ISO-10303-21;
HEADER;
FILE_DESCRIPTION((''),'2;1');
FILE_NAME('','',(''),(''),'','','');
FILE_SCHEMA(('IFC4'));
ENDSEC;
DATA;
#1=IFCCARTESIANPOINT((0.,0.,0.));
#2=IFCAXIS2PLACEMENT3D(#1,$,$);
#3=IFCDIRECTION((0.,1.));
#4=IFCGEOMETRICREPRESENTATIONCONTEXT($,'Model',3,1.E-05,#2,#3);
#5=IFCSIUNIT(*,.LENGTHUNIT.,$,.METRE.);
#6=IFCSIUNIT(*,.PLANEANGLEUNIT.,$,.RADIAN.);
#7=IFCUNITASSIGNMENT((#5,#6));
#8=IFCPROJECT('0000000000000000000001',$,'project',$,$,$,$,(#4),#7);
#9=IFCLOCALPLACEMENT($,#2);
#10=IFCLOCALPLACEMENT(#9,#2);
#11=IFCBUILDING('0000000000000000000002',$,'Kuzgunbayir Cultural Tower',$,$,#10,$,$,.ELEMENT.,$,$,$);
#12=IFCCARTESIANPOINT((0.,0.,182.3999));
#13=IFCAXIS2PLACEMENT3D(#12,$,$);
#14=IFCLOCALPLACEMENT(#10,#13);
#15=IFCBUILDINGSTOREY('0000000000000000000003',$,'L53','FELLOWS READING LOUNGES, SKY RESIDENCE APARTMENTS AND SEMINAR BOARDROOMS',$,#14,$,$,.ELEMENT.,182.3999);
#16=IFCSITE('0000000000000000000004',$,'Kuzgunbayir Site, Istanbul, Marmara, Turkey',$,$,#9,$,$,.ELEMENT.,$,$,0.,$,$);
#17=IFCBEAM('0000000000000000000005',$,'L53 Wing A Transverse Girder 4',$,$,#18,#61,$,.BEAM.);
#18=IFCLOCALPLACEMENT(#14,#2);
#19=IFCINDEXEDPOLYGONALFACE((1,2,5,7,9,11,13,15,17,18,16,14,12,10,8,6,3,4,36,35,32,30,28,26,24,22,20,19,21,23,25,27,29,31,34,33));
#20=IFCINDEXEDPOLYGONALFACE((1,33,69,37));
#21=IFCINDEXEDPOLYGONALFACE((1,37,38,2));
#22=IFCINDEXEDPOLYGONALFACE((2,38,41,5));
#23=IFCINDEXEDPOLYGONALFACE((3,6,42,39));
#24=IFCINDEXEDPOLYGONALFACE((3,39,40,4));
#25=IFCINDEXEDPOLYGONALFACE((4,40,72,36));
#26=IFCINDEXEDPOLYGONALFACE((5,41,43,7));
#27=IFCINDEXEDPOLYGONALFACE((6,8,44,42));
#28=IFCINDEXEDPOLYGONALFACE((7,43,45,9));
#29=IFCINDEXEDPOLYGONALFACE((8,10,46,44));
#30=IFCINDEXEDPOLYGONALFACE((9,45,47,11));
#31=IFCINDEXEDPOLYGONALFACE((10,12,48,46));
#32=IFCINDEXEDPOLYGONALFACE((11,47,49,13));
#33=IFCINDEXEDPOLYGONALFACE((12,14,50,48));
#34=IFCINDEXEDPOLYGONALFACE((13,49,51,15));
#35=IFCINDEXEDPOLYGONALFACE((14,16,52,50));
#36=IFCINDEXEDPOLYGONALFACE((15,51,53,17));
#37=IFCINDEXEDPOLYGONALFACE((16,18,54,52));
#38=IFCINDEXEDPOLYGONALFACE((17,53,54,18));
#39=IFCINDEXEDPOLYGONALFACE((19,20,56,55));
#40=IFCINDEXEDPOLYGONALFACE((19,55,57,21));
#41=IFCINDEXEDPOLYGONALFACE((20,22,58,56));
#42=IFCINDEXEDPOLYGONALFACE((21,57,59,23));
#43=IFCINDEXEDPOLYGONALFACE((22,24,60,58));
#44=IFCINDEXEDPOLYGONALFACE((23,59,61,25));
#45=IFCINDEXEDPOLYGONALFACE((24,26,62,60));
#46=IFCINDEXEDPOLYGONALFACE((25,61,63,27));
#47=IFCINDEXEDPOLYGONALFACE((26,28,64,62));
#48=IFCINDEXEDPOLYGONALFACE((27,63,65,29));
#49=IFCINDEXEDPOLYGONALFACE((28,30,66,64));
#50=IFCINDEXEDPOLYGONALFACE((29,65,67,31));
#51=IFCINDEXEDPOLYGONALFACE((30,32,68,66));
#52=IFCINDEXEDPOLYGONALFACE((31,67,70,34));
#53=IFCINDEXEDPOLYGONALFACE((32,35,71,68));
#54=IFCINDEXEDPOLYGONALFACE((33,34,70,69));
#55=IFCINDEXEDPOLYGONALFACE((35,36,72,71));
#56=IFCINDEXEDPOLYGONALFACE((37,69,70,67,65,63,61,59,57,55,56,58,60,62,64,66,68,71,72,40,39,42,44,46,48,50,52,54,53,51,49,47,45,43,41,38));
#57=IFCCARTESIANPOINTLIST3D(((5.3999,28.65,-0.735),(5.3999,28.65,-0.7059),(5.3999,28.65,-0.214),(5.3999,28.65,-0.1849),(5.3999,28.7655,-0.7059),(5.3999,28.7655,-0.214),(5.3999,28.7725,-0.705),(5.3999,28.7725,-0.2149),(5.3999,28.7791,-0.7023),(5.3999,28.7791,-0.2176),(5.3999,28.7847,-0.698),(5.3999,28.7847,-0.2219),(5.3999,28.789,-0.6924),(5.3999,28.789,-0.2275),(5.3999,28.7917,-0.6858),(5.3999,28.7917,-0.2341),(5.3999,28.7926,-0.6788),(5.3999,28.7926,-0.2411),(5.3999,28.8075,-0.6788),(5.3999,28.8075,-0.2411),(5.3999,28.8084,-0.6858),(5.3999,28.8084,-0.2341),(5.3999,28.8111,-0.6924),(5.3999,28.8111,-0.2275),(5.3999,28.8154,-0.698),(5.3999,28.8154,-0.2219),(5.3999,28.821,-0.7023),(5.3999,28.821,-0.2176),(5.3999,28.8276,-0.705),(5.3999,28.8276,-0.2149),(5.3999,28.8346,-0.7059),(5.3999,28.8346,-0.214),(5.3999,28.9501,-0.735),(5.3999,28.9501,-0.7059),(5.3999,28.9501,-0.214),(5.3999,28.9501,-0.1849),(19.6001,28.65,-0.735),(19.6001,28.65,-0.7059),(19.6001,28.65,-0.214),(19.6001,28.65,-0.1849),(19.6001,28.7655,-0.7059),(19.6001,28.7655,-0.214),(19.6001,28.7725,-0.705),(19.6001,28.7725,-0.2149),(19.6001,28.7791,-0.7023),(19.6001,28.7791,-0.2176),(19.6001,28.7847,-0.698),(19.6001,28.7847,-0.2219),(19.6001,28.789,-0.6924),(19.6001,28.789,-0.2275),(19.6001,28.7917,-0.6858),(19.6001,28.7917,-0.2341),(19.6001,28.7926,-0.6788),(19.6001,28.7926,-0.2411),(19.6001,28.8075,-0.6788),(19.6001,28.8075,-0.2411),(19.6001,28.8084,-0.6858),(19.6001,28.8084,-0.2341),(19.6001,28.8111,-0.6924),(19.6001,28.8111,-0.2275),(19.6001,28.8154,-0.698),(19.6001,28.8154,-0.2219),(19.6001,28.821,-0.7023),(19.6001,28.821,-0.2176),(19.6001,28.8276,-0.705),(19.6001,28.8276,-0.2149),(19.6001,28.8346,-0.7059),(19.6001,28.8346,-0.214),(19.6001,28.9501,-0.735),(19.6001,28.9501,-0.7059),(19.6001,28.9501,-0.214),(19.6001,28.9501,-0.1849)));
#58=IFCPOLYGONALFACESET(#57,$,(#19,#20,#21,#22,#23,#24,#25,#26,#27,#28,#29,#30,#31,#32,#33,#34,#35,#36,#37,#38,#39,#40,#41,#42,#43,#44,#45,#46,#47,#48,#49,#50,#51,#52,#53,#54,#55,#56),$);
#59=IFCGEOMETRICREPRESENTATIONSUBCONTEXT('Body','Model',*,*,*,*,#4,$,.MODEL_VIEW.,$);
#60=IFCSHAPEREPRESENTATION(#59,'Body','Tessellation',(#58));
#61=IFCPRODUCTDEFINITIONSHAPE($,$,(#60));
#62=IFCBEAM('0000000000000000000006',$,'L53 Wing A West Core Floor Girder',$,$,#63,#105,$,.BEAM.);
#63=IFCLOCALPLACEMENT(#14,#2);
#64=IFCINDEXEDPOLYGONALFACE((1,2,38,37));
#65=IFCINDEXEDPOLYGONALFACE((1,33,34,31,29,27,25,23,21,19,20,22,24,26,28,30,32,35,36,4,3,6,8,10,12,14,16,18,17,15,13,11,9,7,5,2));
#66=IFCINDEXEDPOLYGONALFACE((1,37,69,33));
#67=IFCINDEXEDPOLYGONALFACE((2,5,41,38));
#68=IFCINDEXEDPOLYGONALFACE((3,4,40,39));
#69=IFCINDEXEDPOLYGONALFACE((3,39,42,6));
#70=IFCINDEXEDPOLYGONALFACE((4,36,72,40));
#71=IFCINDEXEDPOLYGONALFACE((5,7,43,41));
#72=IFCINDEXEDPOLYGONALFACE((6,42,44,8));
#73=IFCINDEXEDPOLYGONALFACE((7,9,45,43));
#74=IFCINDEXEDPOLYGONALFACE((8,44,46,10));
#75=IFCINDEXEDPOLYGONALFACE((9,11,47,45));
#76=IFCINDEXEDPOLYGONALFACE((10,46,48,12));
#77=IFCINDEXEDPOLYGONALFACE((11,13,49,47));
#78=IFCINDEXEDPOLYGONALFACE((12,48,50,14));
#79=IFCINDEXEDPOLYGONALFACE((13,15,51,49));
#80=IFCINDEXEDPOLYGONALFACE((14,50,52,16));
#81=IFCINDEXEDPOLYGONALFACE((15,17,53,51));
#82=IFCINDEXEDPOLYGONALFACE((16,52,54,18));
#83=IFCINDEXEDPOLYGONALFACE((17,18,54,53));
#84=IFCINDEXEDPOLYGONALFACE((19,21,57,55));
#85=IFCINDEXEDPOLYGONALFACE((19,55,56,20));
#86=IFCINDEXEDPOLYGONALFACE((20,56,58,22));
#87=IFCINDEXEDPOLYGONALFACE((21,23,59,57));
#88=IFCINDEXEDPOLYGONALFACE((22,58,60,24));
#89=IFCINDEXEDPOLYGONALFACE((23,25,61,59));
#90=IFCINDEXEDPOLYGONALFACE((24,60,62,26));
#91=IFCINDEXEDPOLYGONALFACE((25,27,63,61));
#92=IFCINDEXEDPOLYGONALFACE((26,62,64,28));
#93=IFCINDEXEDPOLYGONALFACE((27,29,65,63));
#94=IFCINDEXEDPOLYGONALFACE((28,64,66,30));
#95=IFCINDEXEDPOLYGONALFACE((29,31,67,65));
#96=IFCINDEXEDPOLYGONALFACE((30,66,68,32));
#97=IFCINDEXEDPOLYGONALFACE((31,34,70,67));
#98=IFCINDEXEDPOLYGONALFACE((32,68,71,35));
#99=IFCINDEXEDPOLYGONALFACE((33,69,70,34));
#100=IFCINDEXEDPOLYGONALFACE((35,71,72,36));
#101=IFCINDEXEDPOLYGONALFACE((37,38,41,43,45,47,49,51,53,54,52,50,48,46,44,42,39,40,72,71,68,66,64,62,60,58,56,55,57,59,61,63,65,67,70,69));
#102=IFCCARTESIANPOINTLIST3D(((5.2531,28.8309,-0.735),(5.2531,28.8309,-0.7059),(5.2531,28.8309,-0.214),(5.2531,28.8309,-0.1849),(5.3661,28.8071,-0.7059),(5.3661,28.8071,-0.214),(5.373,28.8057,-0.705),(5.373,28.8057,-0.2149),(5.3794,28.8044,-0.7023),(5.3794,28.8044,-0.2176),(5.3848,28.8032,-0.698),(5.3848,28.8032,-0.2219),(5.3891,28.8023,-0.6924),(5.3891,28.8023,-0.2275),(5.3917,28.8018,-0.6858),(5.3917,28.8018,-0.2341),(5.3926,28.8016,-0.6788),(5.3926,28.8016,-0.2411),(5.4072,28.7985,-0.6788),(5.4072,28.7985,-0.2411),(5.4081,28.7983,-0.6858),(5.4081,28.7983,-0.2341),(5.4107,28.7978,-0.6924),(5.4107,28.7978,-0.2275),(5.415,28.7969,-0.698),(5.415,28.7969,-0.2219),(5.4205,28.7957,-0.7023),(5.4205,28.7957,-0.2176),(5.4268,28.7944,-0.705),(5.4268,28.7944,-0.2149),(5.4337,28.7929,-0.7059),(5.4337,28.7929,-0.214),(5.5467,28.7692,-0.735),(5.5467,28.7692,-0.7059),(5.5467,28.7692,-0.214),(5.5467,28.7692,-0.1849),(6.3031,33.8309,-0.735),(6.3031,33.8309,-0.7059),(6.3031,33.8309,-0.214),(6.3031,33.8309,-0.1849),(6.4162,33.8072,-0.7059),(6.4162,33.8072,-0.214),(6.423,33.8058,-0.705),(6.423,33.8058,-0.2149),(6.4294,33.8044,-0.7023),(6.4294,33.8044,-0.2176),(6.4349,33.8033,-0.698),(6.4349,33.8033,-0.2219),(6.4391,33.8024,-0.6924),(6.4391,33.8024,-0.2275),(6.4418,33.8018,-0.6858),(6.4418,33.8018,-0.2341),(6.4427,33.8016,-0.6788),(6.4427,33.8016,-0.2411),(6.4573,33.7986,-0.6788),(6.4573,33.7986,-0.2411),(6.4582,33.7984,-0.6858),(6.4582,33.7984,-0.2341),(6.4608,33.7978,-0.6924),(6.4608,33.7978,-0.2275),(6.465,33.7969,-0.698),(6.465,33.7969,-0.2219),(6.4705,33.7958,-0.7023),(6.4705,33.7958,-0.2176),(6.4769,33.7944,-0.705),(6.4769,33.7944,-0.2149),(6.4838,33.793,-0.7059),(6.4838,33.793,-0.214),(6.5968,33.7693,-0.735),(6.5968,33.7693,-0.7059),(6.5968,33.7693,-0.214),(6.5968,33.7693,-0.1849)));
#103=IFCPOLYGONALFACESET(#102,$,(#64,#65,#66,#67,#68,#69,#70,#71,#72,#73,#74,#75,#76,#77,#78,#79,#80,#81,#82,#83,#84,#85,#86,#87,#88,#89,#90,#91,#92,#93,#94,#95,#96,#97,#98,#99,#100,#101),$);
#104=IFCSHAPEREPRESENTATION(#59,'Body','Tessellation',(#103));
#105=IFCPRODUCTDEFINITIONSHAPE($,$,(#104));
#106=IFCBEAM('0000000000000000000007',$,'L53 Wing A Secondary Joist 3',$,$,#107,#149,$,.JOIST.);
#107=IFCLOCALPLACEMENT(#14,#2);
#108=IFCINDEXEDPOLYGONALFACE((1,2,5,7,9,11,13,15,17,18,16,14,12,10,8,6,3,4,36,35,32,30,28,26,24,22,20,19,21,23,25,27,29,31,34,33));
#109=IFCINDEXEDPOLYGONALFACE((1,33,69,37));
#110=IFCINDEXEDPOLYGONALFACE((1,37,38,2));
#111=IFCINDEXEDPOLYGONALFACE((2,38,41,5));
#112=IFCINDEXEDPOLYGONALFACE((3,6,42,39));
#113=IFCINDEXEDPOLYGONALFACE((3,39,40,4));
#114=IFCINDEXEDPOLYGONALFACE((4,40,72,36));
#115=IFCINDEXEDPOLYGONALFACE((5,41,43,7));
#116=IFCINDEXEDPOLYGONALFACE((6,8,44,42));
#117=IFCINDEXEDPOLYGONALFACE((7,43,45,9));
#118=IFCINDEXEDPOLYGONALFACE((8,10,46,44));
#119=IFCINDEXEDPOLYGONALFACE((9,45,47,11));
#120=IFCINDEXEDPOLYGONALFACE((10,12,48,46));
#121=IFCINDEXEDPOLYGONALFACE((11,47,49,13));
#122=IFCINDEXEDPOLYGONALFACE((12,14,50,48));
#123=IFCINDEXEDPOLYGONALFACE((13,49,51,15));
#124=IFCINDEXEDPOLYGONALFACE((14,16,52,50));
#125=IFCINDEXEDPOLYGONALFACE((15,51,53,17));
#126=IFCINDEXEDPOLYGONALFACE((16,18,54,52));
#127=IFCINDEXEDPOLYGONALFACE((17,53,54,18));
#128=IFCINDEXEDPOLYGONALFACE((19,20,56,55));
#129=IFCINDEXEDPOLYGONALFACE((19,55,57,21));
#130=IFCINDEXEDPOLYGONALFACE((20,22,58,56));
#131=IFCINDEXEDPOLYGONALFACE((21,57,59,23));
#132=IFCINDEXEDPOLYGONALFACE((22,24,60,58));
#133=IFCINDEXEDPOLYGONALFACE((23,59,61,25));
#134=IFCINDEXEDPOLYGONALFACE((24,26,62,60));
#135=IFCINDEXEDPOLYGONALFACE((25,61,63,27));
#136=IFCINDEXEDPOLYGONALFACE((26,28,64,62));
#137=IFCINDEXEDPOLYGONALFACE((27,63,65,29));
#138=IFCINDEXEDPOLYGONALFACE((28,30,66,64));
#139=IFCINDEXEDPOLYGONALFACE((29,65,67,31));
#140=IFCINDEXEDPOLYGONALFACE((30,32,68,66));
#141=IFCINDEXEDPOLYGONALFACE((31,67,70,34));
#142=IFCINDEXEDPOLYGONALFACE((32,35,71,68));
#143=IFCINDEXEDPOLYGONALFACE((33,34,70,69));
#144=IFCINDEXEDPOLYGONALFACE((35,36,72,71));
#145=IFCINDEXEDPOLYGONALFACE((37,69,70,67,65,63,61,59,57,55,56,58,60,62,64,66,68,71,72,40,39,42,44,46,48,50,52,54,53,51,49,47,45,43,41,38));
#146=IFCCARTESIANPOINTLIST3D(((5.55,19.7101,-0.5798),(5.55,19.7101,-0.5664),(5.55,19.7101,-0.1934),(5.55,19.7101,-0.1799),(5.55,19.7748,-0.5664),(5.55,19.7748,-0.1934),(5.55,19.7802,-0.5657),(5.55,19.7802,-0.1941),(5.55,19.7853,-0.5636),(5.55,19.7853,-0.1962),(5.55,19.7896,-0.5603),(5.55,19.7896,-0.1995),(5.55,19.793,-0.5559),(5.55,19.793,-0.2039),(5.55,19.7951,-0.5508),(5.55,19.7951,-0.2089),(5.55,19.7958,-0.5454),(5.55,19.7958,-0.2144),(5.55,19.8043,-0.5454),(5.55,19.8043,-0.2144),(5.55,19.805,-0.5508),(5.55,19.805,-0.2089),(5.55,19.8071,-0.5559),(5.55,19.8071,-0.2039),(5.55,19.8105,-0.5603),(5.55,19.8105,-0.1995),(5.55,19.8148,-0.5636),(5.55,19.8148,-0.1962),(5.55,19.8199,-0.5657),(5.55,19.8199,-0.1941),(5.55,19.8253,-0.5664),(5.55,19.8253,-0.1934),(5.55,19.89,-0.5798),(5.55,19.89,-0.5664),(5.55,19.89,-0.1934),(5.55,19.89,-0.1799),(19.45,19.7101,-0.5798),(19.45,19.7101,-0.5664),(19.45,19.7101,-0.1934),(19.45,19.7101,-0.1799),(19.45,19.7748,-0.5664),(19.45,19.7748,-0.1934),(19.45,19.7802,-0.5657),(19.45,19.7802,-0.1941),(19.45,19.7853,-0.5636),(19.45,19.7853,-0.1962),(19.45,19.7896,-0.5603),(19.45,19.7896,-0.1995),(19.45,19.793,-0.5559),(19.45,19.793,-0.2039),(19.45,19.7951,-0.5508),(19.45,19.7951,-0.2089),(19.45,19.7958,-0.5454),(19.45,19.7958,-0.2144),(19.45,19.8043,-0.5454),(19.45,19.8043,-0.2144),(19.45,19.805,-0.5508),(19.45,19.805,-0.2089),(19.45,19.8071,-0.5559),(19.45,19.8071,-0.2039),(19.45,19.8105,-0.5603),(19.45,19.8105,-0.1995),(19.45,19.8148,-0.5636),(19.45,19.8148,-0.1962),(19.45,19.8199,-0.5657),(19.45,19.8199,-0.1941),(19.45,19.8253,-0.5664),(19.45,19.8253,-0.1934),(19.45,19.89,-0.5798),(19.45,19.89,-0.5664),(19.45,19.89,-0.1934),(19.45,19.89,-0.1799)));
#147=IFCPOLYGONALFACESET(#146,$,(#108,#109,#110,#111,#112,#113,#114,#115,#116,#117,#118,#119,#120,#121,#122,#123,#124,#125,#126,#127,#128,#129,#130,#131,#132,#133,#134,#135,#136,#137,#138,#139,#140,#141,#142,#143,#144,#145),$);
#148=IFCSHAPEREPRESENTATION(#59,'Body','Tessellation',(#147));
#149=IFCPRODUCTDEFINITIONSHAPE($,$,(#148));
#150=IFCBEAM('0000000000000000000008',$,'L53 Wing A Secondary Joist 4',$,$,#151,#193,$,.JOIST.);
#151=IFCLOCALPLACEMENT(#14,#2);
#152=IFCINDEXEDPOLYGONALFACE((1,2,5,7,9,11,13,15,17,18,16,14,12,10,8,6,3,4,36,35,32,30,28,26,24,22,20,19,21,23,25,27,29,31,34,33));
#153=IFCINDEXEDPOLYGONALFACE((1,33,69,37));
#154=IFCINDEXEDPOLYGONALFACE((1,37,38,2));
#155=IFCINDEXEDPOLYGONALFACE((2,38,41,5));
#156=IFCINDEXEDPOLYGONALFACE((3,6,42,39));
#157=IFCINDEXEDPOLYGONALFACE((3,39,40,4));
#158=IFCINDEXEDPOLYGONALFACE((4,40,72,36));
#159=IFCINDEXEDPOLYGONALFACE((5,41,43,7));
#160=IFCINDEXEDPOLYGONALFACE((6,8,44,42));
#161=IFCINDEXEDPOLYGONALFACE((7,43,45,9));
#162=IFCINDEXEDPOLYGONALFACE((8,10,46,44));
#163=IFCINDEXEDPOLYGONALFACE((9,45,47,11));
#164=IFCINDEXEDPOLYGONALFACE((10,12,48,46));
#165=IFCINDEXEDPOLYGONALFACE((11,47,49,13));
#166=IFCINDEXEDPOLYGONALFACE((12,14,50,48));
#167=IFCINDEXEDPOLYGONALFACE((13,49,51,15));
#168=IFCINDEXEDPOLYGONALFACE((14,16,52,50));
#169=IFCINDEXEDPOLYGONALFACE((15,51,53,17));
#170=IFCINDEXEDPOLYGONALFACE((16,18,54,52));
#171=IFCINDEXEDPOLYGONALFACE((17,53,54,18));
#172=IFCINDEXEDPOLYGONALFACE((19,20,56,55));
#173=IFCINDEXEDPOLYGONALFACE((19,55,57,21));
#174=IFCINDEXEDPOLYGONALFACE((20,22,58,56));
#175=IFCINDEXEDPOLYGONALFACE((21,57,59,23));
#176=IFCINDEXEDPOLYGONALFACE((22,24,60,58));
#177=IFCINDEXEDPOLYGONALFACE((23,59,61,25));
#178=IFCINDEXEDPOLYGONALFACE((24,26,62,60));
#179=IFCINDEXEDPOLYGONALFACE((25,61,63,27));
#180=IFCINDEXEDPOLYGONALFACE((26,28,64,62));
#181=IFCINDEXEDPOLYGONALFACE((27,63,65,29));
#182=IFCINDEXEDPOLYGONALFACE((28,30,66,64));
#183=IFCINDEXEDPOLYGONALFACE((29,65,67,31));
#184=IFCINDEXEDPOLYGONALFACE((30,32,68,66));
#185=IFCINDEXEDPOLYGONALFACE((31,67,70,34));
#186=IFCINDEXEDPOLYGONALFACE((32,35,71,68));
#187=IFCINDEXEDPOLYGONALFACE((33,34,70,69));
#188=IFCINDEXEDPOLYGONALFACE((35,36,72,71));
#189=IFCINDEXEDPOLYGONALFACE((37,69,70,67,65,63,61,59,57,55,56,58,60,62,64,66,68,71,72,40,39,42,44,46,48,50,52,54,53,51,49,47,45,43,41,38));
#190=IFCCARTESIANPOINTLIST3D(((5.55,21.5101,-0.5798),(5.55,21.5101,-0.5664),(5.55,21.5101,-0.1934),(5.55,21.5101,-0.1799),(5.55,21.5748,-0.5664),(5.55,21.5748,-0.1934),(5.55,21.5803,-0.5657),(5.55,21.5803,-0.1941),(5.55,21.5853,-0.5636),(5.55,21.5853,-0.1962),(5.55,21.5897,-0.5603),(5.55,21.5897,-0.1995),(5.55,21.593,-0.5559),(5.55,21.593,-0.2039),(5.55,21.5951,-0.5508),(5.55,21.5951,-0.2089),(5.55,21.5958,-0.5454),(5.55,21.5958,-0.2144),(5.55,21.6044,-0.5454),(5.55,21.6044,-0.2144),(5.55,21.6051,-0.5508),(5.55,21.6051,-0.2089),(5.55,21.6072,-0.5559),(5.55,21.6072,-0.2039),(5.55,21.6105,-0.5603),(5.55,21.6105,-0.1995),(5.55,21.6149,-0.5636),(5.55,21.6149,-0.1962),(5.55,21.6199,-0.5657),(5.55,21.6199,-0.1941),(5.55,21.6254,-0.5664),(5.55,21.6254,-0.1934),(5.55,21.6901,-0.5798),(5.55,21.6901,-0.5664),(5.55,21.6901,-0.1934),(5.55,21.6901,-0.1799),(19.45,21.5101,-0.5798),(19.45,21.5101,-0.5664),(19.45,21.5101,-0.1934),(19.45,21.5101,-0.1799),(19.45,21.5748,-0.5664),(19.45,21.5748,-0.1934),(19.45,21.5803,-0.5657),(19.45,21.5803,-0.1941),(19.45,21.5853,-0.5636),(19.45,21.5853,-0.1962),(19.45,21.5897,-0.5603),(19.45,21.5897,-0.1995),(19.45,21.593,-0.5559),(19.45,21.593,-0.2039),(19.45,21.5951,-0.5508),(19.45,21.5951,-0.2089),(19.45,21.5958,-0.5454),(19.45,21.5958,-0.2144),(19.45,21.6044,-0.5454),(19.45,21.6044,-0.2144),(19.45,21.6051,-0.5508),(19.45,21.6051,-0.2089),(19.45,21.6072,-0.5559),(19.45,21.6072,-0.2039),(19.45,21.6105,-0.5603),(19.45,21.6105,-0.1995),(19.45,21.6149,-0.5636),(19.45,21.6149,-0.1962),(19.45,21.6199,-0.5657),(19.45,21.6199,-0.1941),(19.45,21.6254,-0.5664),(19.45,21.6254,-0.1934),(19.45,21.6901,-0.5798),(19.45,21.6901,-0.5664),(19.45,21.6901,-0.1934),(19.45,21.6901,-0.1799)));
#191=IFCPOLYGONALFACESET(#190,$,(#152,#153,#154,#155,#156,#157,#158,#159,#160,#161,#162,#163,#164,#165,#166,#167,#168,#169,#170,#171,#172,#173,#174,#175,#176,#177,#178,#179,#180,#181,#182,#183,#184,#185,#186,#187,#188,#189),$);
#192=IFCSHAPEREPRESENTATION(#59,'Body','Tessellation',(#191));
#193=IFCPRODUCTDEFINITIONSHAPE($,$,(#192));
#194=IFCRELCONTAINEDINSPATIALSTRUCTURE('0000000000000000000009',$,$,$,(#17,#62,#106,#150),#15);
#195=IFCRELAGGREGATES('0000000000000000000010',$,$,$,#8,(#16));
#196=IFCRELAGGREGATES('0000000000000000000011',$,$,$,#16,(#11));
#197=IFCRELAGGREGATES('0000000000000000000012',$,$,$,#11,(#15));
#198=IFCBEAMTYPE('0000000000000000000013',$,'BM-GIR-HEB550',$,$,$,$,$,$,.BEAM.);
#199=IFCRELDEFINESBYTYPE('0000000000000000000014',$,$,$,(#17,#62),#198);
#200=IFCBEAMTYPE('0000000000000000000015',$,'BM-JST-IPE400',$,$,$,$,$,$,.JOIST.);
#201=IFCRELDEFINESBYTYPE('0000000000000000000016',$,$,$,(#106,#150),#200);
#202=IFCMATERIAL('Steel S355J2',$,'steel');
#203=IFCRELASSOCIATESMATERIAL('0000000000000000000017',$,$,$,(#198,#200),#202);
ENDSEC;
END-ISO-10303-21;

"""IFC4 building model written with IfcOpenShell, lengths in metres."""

from ifc_helpers import new_model, si_unit, direction, frame, origin, origin_2d, place, context, subcontext, project, spatial, i_section, extrude, material, material_profile, profile_set, type_object, element, save


model = new_model("IFC4")

# Units and contexts
model_context = context("Model", 3, precision=1e-05, world=origin(), true_north=direction((0.0, 1.0)))
body_context = subcontext(model_context, "Body", "Model", "MODEL_VIEW")
ifc_project = project(units=[si_unit("LENGTHUNIT", "METRE"), si_unit("PLANEANGLEUNIT", "RADIAN")], contexts=[model_context])

# Site, building, storey
site_placement = place(None, origin())
site = spatial("IfcSite", under=ifc_project, at=site_placement, Name="Kuzgunbayir Site, Istanbul, Marmara, Turkey", CompositionType="ELEMENT", RefElevation=0.0)
building_placement = place(site_placement, origin())
building = spatial("IfcBuilding", under=site, at=building_placement, Name="Kuzgunbayir Cultural Tower", CompositionType="ELEMENT")
storey_placement = place(building_placement, frame((0.0, 0.0, 182.3999)))
storey = spatial("IfcBuildingStorey", under=building, at=storey_placement, Name="L53", Description="FELLOWS READING LOUNGES, SKY RESIDENCE APARTMENTS AND SEMINAR BOARDROOMS", CompositionType="ELEMENT", Elevation=182.3999)

# Beams
ifc_material_1 = material(Name="Steel S355J2", Category="steel")
ifc_material_profile_1 = material_profile(ifc_material_1, i_section(OverallWidth=0.3, OverallDepth=0.55, WebThickness=0.0149, FlangeThickness=0.0291, FilletRadius=0.0271, at=origin_2d()), Name="HEB 550")
ifc_profile_set_1 = profile_set([ifc_material_profile_1], Name="Steel S355J2")
beam_type_1 = type_object("IfcBeamType", Name="BM-GIR-HEB550", PredefinedType="BEAM", material=ifc_profile_set_1)
for number, where, z_axis, x_axis, name in (
    (1, (5.3999, 28.8, -0.46), (1.0, 0.0, 0.0), (0.0, 1.0, 0.0), "L53 Wing A Transverse Girder 4"),
):
    element("IfcBeam", number, at=place(storey_placement, frame(where, z_axis=z_axis, x_axis=x_axis)), inside=storey, type_object=beam_type_1, Name=name, PredefinedType="BEAM", context=body_context, shape_type="SweptSolid", body=[
        extrude(i_section(OverallWidth=0.3, OverallDepth=0.55, WebThickness=0.0149, FlangeThickness=0.0291, FilletRadius=0.0271, at=origin_2d()), origin(), (0.0, 0.0, 1.0), 14.2002),
    ])
beam_1_placement = place(storey_placement, frame((5.3999, 28.8, -0.46), z_axis=(0.205526, 0.978652, 0.0), x_axis=(-0.978652, 0.205526, 0.0)))
element("IfcBeam", 2, at=beam_1_placement, inside=storey, type_object=beam_type_1, Name="L53 Wing A West Core Floor Girder", PredefinedType="BEAM", context=body_context, shape_type="SweptSolid", body=[
    extrude(i_section(OverallWidth=0.3, OverallDepth=0.55, WebThickness=0.0149, FlangeThickness=0.0291, FilletRadius=0.0271, at=origin_2d()), origin(), (0.0, 0.0, 1.0), 5.1091),
])
ifc_material_profile_2 = material_profile(ifc_material_1, i_section(OverallWidth=0.1799, OverallDepth=0.3999, WebThickness=0.0085, FlangeThickness=0.0134, FilletRadius=0.021, at=origin_2d()), Name="IPE 400")
ifc_profile_set_2 = profile_set([ifc_material_profile_2], Name="Steel S355J2")
beam_type_2 = type_object("IfcBeamType", Name="BM-JST-IPE400", PredefinedType="JOIST", material=ifc_profile_set_2)
for number, where, z_axis, x_axis, name in (
    (3, (5.55, 19.8, -0.3799), (1.0, 0.0, 0.0), (0.0, 1.0, 0.0), "L53 Wing A Secondary Joist 3"),
    (4, (5.55, 21.6001, -0.3799), (1.0, 0.0, 0.0), (0.0, 1.0, 0.0), "L53 Wing A Secondary Joist 4"),
):
    element("IfcBeam", number, at=place(storey_placement, frame(where, z_axis=z_axis, x_axis=x_axis)), inside=storey, type_object=beam_type_2, Name=name, PredefinedType="JOIST", context=body_context, shape_type="SweptSolid", body=[
        extrude(i_section(OverallWidth=0.1799, OverallDepth=0.3999, WebThickness=0.0085, FlangeThickness=0.0134, FilletRadius=0.021, at=origin_2d()), origin(), (0.0, 0.0, 1.0), 13.8999),
    ])

save(model, "model.ifc")
